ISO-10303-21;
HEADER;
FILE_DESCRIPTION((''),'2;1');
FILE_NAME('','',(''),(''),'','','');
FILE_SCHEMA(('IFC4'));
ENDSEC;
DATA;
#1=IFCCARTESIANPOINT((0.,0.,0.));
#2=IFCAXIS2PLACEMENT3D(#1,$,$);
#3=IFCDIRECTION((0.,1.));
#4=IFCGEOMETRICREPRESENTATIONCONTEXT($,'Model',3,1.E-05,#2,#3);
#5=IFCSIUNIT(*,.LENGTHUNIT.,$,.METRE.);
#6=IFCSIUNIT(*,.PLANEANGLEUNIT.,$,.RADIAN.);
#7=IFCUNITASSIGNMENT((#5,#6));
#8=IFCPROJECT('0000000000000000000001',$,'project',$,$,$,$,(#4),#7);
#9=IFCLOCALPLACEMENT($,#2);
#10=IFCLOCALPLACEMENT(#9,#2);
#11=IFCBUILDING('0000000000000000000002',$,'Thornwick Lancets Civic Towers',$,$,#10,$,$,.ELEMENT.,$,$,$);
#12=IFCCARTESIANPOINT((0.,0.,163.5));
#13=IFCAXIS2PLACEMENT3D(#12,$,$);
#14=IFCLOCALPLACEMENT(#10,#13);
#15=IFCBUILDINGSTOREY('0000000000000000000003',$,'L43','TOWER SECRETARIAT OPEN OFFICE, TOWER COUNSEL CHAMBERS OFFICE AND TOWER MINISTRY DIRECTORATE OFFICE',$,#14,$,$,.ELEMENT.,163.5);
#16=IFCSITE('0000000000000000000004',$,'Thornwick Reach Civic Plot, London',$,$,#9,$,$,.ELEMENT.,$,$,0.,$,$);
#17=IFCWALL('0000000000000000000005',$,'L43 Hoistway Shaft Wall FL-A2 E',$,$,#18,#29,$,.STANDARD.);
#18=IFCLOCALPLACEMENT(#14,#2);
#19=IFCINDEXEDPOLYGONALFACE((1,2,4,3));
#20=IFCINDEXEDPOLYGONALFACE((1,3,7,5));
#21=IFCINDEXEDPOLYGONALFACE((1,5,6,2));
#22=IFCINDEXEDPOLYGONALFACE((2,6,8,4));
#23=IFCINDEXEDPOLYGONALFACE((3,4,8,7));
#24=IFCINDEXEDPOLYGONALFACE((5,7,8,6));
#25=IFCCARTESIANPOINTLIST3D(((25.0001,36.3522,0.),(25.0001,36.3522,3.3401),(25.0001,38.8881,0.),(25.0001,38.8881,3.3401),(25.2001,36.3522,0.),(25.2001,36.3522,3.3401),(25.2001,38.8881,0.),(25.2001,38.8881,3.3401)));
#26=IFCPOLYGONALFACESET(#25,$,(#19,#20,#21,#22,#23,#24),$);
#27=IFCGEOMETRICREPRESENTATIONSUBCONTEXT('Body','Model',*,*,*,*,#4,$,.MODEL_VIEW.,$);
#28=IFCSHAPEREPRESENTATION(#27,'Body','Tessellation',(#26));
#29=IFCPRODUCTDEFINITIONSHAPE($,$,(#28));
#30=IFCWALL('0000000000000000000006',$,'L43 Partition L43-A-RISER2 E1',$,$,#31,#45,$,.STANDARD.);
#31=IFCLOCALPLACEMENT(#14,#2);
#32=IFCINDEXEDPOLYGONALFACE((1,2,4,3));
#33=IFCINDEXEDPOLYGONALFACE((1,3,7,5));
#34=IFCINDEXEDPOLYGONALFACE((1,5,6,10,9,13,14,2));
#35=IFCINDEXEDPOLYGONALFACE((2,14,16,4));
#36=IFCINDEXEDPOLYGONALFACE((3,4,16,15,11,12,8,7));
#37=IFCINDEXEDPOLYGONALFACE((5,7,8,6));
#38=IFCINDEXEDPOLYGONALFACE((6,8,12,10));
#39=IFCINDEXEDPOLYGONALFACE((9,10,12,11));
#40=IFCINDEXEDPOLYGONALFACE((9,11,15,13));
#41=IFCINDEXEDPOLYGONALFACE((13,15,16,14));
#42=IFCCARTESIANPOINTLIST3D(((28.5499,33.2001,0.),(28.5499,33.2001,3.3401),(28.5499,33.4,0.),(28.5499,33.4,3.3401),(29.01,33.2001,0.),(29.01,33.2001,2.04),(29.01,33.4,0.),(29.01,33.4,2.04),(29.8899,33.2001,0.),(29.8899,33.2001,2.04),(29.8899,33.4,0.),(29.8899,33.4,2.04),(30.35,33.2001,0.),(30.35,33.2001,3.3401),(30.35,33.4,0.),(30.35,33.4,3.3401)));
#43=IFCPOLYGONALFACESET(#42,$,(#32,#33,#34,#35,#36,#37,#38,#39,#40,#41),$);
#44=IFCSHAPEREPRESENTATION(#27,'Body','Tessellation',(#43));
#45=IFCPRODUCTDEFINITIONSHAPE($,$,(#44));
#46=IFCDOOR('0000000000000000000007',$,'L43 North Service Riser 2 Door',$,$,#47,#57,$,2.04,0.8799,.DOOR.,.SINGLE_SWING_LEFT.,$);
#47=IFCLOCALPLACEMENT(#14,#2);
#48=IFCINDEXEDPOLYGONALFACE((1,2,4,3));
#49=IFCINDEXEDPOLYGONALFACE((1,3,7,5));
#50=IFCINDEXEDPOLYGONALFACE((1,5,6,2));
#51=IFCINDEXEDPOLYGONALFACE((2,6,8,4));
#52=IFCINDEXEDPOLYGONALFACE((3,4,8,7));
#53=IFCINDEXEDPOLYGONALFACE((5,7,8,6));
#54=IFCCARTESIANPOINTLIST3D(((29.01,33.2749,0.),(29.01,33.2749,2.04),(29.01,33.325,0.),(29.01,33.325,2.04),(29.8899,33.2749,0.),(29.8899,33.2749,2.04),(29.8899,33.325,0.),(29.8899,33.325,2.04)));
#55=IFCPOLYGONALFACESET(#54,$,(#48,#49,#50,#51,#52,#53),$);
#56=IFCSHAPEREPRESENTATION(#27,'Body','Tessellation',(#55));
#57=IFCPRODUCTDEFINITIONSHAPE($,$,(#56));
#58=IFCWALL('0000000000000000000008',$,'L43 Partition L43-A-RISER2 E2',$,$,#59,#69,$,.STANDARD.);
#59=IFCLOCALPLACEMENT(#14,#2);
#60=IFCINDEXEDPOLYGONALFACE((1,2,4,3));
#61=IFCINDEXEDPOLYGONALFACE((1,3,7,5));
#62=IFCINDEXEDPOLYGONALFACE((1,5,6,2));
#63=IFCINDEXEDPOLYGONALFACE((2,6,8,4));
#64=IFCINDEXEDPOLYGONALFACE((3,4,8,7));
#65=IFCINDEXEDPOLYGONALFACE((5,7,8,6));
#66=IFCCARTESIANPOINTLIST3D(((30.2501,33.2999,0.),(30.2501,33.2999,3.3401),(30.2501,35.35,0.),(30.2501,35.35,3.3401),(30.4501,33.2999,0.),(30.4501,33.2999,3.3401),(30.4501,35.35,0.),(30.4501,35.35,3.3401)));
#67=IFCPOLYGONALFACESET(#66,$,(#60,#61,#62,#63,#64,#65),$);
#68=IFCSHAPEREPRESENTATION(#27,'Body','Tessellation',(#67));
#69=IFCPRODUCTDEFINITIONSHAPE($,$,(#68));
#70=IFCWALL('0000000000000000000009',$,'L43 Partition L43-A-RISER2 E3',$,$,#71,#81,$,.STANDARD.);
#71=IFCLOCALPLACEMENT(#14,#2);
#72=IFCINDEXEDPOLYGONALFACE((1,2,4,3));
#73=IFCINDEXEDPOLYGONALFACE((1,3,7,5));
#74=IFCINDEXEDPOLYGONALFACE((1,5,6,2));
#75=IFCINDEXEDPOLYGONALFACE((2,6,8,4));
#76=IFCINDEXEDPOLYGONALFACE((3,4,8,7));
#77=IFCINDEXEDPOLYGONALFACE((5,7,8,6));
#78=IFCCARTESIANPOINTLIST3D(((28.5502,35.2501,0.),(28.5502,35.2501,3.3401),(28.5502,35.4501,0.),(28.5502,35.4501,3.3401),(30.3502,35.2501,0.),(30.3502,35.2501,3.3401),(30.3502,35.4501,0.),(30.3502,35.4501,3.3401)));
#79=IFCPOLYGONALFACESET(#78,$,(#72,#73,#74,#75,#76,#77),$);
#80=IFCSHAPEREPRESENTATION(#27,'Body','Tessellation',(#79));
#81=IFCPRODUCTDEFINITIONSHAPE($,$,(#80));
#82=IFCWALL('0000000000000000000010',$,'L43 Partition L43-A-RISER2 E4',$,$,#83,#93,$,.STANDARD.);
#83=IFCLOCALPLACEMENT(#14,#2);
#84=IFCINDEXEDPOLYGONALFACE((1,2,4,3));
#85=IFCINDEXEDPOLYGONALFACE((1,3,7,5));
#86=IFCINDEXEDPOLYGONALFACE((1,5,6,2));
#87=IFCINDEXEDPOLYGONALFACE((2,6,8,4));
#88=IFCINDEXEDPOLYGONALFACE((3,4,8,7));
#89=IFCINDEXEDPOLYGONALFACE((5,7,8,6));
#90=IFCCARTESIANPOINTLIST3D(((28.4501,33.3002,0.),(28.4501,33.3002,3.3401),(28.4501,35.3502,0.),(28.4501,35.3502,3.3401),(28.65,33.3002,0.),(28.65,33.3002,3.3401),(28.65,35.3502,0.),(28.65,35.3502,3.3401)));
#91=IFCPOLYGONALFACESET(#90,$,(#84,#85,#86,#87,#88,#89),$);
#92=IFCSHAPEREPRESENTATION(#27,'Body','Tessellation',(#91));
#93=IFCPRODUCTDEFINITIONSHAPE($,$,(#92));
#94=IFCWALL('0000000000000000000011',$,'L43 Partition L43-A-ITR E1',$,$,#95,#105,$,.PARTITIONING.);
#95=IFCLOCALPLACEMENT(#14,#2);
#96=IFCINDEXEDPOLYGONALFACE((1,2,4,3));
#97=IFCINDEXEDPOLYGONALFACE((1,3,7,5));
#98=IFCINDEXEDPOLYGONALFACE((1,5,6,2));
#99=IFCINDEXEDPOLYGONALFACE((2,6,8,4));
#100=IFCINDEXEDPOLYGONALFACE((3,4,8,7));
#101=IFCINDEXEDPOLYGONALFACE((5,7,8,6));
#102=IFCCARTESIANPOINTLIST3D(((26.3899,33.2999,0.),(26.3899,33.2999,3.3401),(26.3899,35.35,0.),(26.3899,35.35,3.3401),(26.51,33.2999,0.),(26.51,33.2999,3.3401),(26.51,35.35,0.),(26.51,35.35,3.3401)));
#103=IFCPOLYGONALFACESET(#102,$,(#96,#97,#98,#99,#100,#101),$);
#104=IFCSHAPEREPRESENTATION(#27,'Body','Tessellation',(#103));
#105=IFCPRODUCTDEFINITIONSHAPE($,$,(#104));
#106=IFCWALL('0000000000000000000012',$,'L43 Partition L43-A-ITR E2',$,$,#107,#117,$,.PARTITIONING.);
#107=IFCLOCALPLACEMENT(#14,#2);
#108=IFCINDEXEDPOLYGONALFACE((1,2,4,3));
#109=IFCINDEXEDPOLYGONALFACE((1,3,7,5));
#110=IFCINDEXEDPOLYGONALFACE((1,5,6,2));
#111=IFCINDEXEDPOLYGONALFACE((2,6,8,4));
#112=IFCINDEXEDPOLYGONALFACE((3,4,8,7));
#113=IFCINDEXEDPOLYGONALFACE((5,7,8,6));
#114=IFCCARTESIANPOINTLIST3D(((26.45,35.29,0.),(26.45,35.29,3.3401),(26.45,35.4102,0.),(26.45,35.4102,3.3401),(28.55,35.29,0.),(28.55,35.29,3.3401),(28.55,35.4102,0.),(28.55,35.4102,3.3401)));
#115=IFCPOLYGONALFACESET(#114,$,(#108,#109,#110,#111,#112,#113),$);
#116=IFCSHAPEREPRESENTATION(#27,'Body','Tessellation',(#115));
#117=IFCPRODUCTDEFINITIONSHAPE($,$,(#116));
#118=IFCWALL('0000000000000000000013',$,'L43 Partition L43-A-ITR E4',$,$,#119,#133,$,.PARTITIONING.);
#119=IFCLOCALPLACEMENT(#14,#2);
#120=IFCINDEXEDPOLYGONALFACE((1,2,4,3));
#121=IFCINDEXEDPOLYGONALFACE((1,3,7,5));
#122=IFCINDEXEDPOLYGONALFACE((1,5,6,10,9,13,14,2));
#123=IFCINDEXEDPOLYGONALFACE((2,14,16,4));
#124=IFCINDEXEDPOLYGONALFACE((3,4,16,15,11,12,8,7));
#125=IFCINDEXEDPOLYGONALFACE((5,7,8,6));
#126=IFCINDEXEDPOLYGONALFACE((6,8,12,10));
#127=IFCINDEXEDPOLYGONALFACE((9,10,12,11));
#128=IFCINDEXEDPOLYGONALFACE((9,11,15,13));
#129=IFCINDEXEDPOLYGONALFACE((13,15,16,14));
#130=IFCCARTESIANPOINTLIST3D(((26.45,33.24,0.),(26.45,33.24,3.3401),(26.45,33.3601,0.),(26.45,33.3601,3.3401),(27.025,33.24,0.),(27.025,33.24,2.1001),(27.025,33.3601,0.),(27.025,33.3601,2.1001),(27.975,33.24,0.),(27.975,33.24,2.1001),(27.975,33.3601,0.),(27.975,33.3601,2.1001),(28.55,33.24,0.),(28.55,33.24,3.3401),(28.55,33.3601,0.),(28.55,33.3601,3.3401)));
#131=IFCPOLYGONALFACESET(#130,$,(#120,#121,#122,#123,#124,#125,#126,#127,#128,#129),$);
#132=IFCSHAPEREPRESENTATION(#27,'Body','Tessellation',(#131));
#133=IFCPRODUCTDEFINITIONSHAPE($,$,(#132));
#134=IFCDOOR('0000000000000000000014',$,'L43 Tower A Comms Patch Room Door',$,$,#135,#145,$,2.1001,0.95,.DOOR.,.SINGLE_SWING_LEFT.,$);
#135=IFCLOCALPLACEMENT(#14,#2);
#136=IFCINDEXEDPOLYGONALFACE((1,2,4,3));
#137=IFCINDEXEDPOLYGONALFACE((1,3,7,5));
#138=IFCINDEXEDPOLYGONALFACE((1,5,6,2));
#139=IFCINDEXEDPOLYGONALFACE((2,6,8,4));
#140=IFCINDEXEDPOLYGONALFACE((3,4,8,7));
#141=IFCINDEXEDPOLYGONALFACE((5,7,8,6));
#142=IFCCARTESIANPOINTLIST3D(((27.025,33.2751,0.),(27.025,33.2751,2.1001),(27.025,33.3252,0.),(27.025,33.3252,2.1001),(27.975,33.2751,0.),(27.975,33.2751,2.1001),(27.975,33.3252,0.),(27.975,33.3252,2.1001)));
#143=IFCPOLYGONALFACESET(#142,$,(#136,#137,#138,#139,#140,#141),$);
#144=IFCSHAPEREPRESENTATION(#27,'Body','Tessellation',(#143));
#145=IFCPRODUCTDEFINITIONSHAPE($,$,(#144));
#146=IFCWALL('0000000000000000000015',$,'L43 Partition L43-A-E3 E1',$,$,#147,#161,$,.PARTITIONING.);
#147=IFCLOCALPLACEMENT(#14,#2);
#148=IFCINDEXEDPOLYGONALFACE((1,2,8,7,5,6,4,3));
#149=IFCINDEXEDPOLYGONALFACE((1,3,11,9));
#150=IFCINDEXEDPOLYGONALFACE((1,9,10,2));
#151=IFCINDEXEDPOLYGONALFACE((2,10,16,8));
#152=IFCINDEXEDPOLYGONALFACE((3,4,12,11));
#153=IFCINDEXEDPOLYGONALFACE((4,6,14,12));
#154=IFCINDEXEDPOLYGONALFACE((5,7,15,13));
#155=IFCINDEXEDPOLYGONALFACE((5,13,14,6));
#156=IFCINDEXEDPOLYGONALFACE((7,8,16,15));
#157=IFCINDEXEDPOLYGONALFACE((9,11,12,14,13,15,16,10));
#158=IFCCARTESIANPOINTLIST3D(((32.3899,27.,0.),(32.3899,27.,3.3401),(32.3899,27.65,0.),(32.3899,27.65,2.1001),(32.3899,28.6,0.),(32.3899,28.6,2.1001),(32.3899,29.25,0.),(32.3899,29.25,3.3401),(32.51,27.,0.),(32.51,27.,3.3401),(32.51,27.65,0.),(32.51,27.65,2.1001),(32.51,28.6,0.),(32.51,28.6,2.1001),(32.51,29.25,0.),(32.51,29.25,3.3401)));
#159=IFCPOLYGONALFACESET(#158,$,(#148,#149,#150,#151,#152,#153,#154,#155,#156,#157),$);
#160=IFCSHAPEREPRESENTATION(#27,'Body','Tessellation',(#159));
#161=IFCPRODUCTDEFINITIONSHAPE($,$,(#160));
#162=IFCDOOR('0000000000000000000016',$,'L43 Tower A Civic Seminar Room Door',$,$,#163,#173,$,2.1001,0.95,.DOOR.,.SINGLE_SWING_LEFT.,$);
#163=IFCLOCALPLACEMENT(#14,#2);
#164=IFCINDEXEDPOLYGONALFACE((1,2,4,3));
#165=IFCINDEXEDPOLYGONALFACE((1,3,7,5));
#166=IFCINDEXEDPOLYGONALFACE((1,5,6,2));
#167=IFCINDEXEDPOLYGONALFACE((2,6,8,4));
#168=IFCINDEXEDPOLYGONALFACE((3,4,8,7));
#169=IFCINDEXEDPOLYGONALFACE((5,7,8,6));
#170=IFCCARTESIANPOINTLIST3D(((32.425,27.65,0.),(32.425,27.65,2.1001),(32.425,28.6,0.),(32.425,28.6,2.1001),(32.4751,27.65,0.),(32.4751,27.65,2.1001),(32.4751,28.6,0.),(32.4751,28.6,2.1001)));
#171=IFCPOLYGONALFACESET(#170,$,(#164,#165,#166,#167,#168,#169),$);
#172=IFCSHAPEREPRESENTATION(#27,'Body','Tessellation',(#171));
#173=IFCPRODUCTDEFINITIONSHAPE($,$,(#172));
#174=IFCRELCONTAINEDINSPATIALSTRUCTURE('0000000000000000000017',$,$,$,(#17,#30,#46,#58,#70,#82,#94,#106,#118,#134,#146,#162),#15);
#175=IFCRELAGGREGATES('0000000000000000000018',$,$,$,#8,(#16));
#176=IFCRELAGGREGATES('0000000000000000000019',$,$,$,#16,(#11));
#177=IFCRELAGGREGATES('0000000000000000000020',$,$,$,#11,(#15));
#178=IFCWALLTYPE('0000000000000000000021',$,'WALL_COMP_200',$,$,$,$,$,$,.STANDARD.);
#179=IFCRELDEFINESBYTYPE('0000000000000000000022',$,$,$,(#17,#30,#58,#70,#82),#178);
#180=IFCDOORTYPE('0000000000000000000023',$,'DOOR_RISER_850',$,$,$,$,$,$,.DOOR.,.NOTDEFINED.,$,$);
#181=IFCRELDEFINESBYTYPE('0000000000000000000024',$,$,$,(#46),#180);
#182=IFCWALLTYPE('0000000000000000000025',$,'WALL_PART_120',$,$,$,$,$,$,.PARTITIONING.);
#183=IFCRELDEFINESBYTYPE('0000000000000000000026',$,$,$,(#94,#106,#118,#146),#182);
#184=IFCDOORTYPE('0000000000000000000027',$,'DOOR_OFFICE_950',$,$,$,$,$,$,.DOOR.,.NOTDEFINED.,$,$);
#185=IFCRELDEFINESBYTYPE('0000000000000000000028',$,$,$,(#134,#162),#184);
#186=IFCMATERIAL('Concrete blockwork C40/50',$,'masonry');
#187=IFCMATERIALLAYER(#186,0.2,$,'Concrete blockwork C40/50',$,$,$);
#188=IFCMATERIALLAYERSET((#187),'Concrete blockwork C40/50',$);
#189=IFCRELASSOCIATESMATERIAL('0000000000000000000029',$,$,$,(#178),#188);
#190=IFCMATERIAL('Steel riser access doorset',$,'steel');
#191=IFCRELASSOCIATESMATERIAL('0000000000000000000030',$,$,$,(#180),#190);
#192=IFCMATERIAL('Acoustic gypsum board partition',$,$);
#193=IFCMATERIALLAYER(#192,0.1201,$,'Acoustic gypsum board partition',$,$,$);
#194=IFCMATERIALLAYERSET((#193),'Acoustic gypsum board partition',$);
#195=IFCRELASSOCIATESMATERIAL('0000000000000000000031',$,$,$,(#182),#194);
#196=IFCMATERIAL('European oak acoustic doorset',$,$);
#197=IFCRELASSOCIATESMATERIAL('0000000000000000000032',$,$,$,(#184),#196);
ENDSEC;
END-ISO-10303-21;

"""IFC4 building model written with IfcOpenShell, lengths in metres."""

from ifc_helpers import new_model, si_unit, direction, frame, frame_2d, origin, place, context, subcontext, project, spatial, rectangle, extrude, material, layer, layer_set, type_object, element, fill, save


model = new_model("IFC4")

# Units and contexts
model_context = context("Model", 3, precision=1e-05, world=origin(), true_north=direction((0.0, 1.0)))
body_context = subcontext(model_context, "Body", "Model", "MODEL_VIEW")
ifc_project = project(units=[si_unit("LENGTHUNIT", "METRE"), si_unit("PLANEANGLEUNIT", "RADIAN")], contexts=[model_context])

# Site, building, storey
site_placement = place(None, origin())
site = spatial("IfcSite", under=ifc_project, at=site_placement, Name="Thornwick Reach Civic Plot, London", CompositionType="ELEMENT", RefElevation=0.0)
building_placement = place(site_placement, origin())
building = spatial("IfcBuilding", under=site, at=building_placement, Name="Thornwick Lancets Civic Towers", CompositionType="ELEMENT")
storey_placement = place(building_placement, frame((0.0, 0.0, 163.5)))
storey = spatial("IfcBuildingStorey", under=building, at=storey_placement, Name="L43", Description="TOWER SECRETARIAT OPEN OFFICE, TOWER COUNSEL CHAMBERS OFFICE AND TOWER MINISTRY DIRECTORATE OFFICE", CompositionType="ELEMENT", Elevation=163.5)

# Shared definitions
ifc_material_1 = material(Name="Concrete blockwork C40/50", Category="masonry")
ifc_layer_1 = layer(ifc_material_1, 0.2, Name="Concrete blockwork C40/50")
ifc_layer_set_1 = layer_set([ifc_layer_1], Name="Concrete blockwork C40/50")
wall_type_1 = type_object("IfcWallType", Name="WALL_COMP_200", PredefinedType="STANDARD", material=ifc_layer_set_1)

# Wall
wall_1_placement = place(storey_placement, frame((25.1001, 36.3521, 0.0), z_axis=(0.0, 0.0, 1.0), x_axis=(0.0, 1.0, 0.0)))
element("IfcWall", 1, at=wall_1_placement, inside=storey, type_object=wall_type_1, Name="L43 Hoistway Shaft Wall FL-A2 E", PredefinedType="STANDARD", context=body_context, shape_type="SweptSolid", body=[
    extrude(rectangle(XDim=2.5359, YDim=0.2, at=frame_2d((1.2681, 0.0))), origin(), (0.0, 0.0, 1.0), 3.3401),
])

# Wall, opening, door
wall_2_placement = place(storey_placement, frame((28.55, 33.3, 0.0), z_axis=(0.0, 0.0, 1.0), x_axis=(1.0, 0.0, 0.0)))
wall_2 = element("IfcWall", 2, at=wall_2_placement, inside=storey, type_object=wall_type_1, Name="L43 Partition L43-A-RISER2 E1", PredefinedType="STANDARD", context=body_context, shape_type="SweptSolid", body=[
    extrude(rectangle(XDim=1.8, YDim=0.2, at=frame_2d((0.8999, 0.0))), origin(), (0.0, 0.0, 1.0), 3.3401),
])
opening_1_placement = place(wall_2_placement, frame((0.46, 0.0, 0.0)))
opening_1 = element("IfcOpeningElement", 3, at=opening_1_placement, cuts=wall_2, PredefinedType="OPENING", context=body_context, shape_type="SweptSolid", body=[
    extrude(rectangle(XDim=0.8799, YDim=2.04, at=frame_2d((0.4399, 1.02))), frame((0.0, 0.1099, 0.0), z_axis=(0.0, -1.0, 0.0), x_axis=(1.0, 0.0, 0.0)), (0.0, 0.0, 1.0), 0.22),
])
ifc_material_2 = material(Name="Steel riser access doorset", Category="steel")
door_type_1 = type_object("IfcDoorType", Name="DOOR_RISER_850", OperationType="NOTDEFINED", PredefinedType="DOOR", material=ifc_material_2)
door_1_placement = place(opening_1_placement, origin())
door_1 = element("IfcDoor", 4, at=door_1_placement, inside=storey, type_object=door_type_1, Name="L43 North Service Riser 2 Door", OperationType="SINGLE_SWING_LEFT", OverallHeight=2.04, OverallWidth=0.8799, PredefinedType="DOOR", context=body_context, shape_type="SweptSolid", body=[
    extrude(rectangle(XDim=0.8799, YDim=2.04, at=frame_2d((0.4399, 1.02))), frame((0.0, 0.0249, 0.0), z_axis=(0.0, -1.0, 0.0), x_axis=(1.0, 0.0, 0.0)), (0.0, 0.0, 1.0), 0.05),
])
fill(opening_1, door_1)

# Walls
wall_3_placement = place(storey_placement, frame((30.3501, 33.3, 0.0), z_axis=(0.0, 0.0, 1.0), x_axis=(0.0, 1.0, 0.0)))
element("IfcWall", 5, at=wall_3_placement, inside=storey, type_object=wall_type_1, Name="L43 Partition L43-A-RISER2 E2", PredefinedType="STANDARD", context=body_context, shape_type="SweptSolid", body=[
    extrude(rectangle(XDim=2.05, YDim=0.2, at=frame_2d((1.0249, 0.0))), origin(), (0.0, 0.0, 1.0), 3.3401),
])
wall_4_placement = place(storey_placement, frame((30.3501, 35.3501, 0.0), z_axis=(0.0, 0.0, 1.0), x_axis=(-1.0, 0.0, 0.0)))
element("IfcWall", 6, at=wall_4_placement, inside=storey, type_object=wall_type_1, Name="L43 Partition L43-A-RISER2 E3", PredefinedType="STANDARD", context=body_context, shape_type="SweptSolid", body=[
    extrude(rectangle(XDim=1.8, YDim=0.2, at=frame_2d((0.8999, 0.0))), origin(), (0.0, 0.0, 1.0), 3.3401),
])
wall_5_placement = place(storey_placement, frame((28.55, 35.3501, 0.0), z_axis=(0.0, 0.0, 1.0), x_axis=(0.0, -1.0, 0.0)))
element("IfcWall", 7, at=wall_5_placement, inside=storey, type_object=wall_type_1, Name="L43 Partition L43-A-RISER2 E4", PredefinedType="STANDARD", context=body_context, shape_type="SweptSolid", body=[
    extrude(rectangle(XDim=2.05, YDim=0.2, at=frame_2d((1.0249, 0.0))), origin(), (0.0, 0.0, 1.0), 3.3401),
])
ifc_material_3 = material(Name="Acoustic gypsum board partition")
ifc_layer_2 = layer(ifc_material_3, 0.1201, Name="Acoustic gypsum board partition")
ifc_layer_set_2 = layer_set([ifc_layer_2], Name="Acoustic gypsum board partition")
wall_type_2 = type_object("IfcWallType", Name="WALL_PART_120", PredefinedType="PARTITIONING", material=ifc_layer_set_2)
wall_6_placement = place(storey_placement, frame((26.45, 33.3, 0.0), z_axis=(0.0, 0.0, 1.0), x_axis=(0.0, 1.0, 0.0)))
element("IfcWall", 8, at=wall_6_placement, inside=storey, type_object=wall_type_2, Name="L43 Partition L43-A-ITR E1", PredefinedType="PARTITIONING", context=body_context, shape_type="SweptSolid", body=[
    extrude(rectangle(XDim=2.05, YDim=0.1201, at=frame_2d((1.0249, 0.0))), origin(), (0.0, 0.0, 1.0), 3.3401),
])
wall_7_placement = place(storey_placement, frame((26.45, 35.3501, 0.0), z_axis=(0.0, 0.0, 1.0), x_axis=(1.0, 0.0, 0.0)))
element("IfcWall", 9, at=wall_7_placement, inside=storey, type_object=wall_type_2, Name="L43 Partition L43-A-ITR E2", PredefinedType="PARTITIONING", context=body_context, shape_type="SweptSolid", body=[
    extrude(rectangle(XDim=2.1001, YDim=0.1201, at=frame_2d((1.05, 0.0))), origin(), (0.0, 0.0, 1.0), 3.3401),
])

# Walls, openings, doors
wall_8_placement = place(storey_placement, frame((28.55, 33.3, 0.0), z_axis=(0.0, 0.0, 1.0), x_axis=(-1.0, 0.0, 0.0)))
wall_8 = element("IfcWall", 10, at=wall_8_placement, inside=storey, type_object=wall_type_2, Name="L43 Partition L43-A-ITR E4", PredefinedType="PARTITIONING", context=body_context, shape_type="SweptSolid", body=[
    extrude(rectangle(XDim=2.1001, YDim=0.1201, at=frame_2d((1.05, 0.0))), origin(), (0.0, 0.0, 1.0), 3.3401),
])
opening_2_placement = place(wall_8_placement, frame((0.575, 0.0, 0.0)))
opening_2 = element("IfcOpeningElement", 11, at=opening_2_placement, cuts=wall_8, PredefinedType="OPENING", context=body_context, shape_type="SweptSolid", body=[
    extrude(rectangle(XDim=0.95, YDim=2.1001, at=frame_2d((0.4751, 1.05))), frame((0.0, 0.0701, 0.0), z_axis=(0.0, -1.0, 0.0), x_axis=(1.0, 0.0, 0.0)), (0.0, 0.0, 1.0), 0.1401),
])
ifc_material_4 = material(Name="European oak acoustic doorset")
door_type_2 = type_object("IfcDoorType", Name="DOOR_OFFICE_950", OperationType="NOTDEFINED", PredefinedType="DOOR", material=ifc_material_4)
door_2_placement = place(opening_2_placement, origin())
door_2 = element("IfcDoor", 12, at=door_2_placement, inside=storey, type_object=door_type_2, Name="L43 Tower A Comms Patch Room Door", OperationType="SINGLE_SWING_LEFT", OverallHeight=2.1001, OverallWidth=0.95, PredefinedType="DOOR", context=body_context, shape_type="SweptSolid", body=[
    extrude(rectangle(XDim=0.95, YDim=2.1001, at=frame_2d((0.4751, 1.05))), frame((0.0, 0.0249, 0.0), z_axis=(0.0, -1.0, 0.0), x_axis=(1.0, 0.0, 0.0)), (0.0, 0.0, 1.0), 0.05),
])
fill(opening_2, door_2)
wall_9_placement = place(storey_placement, frame((32.45, 27.0, 0.0), z_axis=(0.0, 0.0, 1.0), x_axis=(0.0, 1.0, 0.0)))
wall_9 = element("IfcWall", 13, at=wall_9_placement, inside=storey, type_object=wall_type_2, Name="L43 Partition L43-A-E3 E1", PredefinedType="PARTITIONING", context=body_context, shape_type="SweptSolid", body=[
    extrude(rectangle(XDim=2.25, YDim=0.1201, at=frame_2d((1.125, 0.0))), origin(), (0.0, 0.0, 1.0), 3.3401),
])
opening_3_placement = place(wall_9_placement, frame((0.6499, 0.0, 0.0)))
opening_3 = element("IfcOpeningElement", 14, at=opening_3_placement, cuts=wall_9, PredefinedType="OPENING", context=body_context, shape_type="SweptSolid", body=[
    extrude(rectangle(XDim=0.95, YDim=2.1001, at=frame_2d((0.4751, 1.05))), frame((0.0, 0.0701, 0.0), z_axis=(0.0, -1.0, 0.0), x_axis=(1.0, 0.0, 0.0)), (0.0, 0.0, 1.0), 0.1401),
])
door_3_placement = place(opening_3_placement, origin())
door_3 = element("IfcDoor", 15, at=door_3_placement, inside=storey, type_object=door_type_2, Name="L43 Tower A Civic Seminar Room Door", OperationType="SINGLE_SWING_LEFT", OverallHeight=2.1001, OverallWidth=0.95, PredefinedType="DOOR", context=body_context, shape_type="SweptSolid", body=[
    extrude(rectangle(XDim=0.95, YDim=2.1001, at=frame_2d((0.4751, 1.05))), frame((0.0, 0.0249, 0.0), z_axis=(0.0, -1.0, 0.0), x_axis=(1.0, 0.0, 0.0)), (0.0, 0.0, 1.0), 0.05),
])
fill(opening_3, door_3)

save(model, "model.ifc")
